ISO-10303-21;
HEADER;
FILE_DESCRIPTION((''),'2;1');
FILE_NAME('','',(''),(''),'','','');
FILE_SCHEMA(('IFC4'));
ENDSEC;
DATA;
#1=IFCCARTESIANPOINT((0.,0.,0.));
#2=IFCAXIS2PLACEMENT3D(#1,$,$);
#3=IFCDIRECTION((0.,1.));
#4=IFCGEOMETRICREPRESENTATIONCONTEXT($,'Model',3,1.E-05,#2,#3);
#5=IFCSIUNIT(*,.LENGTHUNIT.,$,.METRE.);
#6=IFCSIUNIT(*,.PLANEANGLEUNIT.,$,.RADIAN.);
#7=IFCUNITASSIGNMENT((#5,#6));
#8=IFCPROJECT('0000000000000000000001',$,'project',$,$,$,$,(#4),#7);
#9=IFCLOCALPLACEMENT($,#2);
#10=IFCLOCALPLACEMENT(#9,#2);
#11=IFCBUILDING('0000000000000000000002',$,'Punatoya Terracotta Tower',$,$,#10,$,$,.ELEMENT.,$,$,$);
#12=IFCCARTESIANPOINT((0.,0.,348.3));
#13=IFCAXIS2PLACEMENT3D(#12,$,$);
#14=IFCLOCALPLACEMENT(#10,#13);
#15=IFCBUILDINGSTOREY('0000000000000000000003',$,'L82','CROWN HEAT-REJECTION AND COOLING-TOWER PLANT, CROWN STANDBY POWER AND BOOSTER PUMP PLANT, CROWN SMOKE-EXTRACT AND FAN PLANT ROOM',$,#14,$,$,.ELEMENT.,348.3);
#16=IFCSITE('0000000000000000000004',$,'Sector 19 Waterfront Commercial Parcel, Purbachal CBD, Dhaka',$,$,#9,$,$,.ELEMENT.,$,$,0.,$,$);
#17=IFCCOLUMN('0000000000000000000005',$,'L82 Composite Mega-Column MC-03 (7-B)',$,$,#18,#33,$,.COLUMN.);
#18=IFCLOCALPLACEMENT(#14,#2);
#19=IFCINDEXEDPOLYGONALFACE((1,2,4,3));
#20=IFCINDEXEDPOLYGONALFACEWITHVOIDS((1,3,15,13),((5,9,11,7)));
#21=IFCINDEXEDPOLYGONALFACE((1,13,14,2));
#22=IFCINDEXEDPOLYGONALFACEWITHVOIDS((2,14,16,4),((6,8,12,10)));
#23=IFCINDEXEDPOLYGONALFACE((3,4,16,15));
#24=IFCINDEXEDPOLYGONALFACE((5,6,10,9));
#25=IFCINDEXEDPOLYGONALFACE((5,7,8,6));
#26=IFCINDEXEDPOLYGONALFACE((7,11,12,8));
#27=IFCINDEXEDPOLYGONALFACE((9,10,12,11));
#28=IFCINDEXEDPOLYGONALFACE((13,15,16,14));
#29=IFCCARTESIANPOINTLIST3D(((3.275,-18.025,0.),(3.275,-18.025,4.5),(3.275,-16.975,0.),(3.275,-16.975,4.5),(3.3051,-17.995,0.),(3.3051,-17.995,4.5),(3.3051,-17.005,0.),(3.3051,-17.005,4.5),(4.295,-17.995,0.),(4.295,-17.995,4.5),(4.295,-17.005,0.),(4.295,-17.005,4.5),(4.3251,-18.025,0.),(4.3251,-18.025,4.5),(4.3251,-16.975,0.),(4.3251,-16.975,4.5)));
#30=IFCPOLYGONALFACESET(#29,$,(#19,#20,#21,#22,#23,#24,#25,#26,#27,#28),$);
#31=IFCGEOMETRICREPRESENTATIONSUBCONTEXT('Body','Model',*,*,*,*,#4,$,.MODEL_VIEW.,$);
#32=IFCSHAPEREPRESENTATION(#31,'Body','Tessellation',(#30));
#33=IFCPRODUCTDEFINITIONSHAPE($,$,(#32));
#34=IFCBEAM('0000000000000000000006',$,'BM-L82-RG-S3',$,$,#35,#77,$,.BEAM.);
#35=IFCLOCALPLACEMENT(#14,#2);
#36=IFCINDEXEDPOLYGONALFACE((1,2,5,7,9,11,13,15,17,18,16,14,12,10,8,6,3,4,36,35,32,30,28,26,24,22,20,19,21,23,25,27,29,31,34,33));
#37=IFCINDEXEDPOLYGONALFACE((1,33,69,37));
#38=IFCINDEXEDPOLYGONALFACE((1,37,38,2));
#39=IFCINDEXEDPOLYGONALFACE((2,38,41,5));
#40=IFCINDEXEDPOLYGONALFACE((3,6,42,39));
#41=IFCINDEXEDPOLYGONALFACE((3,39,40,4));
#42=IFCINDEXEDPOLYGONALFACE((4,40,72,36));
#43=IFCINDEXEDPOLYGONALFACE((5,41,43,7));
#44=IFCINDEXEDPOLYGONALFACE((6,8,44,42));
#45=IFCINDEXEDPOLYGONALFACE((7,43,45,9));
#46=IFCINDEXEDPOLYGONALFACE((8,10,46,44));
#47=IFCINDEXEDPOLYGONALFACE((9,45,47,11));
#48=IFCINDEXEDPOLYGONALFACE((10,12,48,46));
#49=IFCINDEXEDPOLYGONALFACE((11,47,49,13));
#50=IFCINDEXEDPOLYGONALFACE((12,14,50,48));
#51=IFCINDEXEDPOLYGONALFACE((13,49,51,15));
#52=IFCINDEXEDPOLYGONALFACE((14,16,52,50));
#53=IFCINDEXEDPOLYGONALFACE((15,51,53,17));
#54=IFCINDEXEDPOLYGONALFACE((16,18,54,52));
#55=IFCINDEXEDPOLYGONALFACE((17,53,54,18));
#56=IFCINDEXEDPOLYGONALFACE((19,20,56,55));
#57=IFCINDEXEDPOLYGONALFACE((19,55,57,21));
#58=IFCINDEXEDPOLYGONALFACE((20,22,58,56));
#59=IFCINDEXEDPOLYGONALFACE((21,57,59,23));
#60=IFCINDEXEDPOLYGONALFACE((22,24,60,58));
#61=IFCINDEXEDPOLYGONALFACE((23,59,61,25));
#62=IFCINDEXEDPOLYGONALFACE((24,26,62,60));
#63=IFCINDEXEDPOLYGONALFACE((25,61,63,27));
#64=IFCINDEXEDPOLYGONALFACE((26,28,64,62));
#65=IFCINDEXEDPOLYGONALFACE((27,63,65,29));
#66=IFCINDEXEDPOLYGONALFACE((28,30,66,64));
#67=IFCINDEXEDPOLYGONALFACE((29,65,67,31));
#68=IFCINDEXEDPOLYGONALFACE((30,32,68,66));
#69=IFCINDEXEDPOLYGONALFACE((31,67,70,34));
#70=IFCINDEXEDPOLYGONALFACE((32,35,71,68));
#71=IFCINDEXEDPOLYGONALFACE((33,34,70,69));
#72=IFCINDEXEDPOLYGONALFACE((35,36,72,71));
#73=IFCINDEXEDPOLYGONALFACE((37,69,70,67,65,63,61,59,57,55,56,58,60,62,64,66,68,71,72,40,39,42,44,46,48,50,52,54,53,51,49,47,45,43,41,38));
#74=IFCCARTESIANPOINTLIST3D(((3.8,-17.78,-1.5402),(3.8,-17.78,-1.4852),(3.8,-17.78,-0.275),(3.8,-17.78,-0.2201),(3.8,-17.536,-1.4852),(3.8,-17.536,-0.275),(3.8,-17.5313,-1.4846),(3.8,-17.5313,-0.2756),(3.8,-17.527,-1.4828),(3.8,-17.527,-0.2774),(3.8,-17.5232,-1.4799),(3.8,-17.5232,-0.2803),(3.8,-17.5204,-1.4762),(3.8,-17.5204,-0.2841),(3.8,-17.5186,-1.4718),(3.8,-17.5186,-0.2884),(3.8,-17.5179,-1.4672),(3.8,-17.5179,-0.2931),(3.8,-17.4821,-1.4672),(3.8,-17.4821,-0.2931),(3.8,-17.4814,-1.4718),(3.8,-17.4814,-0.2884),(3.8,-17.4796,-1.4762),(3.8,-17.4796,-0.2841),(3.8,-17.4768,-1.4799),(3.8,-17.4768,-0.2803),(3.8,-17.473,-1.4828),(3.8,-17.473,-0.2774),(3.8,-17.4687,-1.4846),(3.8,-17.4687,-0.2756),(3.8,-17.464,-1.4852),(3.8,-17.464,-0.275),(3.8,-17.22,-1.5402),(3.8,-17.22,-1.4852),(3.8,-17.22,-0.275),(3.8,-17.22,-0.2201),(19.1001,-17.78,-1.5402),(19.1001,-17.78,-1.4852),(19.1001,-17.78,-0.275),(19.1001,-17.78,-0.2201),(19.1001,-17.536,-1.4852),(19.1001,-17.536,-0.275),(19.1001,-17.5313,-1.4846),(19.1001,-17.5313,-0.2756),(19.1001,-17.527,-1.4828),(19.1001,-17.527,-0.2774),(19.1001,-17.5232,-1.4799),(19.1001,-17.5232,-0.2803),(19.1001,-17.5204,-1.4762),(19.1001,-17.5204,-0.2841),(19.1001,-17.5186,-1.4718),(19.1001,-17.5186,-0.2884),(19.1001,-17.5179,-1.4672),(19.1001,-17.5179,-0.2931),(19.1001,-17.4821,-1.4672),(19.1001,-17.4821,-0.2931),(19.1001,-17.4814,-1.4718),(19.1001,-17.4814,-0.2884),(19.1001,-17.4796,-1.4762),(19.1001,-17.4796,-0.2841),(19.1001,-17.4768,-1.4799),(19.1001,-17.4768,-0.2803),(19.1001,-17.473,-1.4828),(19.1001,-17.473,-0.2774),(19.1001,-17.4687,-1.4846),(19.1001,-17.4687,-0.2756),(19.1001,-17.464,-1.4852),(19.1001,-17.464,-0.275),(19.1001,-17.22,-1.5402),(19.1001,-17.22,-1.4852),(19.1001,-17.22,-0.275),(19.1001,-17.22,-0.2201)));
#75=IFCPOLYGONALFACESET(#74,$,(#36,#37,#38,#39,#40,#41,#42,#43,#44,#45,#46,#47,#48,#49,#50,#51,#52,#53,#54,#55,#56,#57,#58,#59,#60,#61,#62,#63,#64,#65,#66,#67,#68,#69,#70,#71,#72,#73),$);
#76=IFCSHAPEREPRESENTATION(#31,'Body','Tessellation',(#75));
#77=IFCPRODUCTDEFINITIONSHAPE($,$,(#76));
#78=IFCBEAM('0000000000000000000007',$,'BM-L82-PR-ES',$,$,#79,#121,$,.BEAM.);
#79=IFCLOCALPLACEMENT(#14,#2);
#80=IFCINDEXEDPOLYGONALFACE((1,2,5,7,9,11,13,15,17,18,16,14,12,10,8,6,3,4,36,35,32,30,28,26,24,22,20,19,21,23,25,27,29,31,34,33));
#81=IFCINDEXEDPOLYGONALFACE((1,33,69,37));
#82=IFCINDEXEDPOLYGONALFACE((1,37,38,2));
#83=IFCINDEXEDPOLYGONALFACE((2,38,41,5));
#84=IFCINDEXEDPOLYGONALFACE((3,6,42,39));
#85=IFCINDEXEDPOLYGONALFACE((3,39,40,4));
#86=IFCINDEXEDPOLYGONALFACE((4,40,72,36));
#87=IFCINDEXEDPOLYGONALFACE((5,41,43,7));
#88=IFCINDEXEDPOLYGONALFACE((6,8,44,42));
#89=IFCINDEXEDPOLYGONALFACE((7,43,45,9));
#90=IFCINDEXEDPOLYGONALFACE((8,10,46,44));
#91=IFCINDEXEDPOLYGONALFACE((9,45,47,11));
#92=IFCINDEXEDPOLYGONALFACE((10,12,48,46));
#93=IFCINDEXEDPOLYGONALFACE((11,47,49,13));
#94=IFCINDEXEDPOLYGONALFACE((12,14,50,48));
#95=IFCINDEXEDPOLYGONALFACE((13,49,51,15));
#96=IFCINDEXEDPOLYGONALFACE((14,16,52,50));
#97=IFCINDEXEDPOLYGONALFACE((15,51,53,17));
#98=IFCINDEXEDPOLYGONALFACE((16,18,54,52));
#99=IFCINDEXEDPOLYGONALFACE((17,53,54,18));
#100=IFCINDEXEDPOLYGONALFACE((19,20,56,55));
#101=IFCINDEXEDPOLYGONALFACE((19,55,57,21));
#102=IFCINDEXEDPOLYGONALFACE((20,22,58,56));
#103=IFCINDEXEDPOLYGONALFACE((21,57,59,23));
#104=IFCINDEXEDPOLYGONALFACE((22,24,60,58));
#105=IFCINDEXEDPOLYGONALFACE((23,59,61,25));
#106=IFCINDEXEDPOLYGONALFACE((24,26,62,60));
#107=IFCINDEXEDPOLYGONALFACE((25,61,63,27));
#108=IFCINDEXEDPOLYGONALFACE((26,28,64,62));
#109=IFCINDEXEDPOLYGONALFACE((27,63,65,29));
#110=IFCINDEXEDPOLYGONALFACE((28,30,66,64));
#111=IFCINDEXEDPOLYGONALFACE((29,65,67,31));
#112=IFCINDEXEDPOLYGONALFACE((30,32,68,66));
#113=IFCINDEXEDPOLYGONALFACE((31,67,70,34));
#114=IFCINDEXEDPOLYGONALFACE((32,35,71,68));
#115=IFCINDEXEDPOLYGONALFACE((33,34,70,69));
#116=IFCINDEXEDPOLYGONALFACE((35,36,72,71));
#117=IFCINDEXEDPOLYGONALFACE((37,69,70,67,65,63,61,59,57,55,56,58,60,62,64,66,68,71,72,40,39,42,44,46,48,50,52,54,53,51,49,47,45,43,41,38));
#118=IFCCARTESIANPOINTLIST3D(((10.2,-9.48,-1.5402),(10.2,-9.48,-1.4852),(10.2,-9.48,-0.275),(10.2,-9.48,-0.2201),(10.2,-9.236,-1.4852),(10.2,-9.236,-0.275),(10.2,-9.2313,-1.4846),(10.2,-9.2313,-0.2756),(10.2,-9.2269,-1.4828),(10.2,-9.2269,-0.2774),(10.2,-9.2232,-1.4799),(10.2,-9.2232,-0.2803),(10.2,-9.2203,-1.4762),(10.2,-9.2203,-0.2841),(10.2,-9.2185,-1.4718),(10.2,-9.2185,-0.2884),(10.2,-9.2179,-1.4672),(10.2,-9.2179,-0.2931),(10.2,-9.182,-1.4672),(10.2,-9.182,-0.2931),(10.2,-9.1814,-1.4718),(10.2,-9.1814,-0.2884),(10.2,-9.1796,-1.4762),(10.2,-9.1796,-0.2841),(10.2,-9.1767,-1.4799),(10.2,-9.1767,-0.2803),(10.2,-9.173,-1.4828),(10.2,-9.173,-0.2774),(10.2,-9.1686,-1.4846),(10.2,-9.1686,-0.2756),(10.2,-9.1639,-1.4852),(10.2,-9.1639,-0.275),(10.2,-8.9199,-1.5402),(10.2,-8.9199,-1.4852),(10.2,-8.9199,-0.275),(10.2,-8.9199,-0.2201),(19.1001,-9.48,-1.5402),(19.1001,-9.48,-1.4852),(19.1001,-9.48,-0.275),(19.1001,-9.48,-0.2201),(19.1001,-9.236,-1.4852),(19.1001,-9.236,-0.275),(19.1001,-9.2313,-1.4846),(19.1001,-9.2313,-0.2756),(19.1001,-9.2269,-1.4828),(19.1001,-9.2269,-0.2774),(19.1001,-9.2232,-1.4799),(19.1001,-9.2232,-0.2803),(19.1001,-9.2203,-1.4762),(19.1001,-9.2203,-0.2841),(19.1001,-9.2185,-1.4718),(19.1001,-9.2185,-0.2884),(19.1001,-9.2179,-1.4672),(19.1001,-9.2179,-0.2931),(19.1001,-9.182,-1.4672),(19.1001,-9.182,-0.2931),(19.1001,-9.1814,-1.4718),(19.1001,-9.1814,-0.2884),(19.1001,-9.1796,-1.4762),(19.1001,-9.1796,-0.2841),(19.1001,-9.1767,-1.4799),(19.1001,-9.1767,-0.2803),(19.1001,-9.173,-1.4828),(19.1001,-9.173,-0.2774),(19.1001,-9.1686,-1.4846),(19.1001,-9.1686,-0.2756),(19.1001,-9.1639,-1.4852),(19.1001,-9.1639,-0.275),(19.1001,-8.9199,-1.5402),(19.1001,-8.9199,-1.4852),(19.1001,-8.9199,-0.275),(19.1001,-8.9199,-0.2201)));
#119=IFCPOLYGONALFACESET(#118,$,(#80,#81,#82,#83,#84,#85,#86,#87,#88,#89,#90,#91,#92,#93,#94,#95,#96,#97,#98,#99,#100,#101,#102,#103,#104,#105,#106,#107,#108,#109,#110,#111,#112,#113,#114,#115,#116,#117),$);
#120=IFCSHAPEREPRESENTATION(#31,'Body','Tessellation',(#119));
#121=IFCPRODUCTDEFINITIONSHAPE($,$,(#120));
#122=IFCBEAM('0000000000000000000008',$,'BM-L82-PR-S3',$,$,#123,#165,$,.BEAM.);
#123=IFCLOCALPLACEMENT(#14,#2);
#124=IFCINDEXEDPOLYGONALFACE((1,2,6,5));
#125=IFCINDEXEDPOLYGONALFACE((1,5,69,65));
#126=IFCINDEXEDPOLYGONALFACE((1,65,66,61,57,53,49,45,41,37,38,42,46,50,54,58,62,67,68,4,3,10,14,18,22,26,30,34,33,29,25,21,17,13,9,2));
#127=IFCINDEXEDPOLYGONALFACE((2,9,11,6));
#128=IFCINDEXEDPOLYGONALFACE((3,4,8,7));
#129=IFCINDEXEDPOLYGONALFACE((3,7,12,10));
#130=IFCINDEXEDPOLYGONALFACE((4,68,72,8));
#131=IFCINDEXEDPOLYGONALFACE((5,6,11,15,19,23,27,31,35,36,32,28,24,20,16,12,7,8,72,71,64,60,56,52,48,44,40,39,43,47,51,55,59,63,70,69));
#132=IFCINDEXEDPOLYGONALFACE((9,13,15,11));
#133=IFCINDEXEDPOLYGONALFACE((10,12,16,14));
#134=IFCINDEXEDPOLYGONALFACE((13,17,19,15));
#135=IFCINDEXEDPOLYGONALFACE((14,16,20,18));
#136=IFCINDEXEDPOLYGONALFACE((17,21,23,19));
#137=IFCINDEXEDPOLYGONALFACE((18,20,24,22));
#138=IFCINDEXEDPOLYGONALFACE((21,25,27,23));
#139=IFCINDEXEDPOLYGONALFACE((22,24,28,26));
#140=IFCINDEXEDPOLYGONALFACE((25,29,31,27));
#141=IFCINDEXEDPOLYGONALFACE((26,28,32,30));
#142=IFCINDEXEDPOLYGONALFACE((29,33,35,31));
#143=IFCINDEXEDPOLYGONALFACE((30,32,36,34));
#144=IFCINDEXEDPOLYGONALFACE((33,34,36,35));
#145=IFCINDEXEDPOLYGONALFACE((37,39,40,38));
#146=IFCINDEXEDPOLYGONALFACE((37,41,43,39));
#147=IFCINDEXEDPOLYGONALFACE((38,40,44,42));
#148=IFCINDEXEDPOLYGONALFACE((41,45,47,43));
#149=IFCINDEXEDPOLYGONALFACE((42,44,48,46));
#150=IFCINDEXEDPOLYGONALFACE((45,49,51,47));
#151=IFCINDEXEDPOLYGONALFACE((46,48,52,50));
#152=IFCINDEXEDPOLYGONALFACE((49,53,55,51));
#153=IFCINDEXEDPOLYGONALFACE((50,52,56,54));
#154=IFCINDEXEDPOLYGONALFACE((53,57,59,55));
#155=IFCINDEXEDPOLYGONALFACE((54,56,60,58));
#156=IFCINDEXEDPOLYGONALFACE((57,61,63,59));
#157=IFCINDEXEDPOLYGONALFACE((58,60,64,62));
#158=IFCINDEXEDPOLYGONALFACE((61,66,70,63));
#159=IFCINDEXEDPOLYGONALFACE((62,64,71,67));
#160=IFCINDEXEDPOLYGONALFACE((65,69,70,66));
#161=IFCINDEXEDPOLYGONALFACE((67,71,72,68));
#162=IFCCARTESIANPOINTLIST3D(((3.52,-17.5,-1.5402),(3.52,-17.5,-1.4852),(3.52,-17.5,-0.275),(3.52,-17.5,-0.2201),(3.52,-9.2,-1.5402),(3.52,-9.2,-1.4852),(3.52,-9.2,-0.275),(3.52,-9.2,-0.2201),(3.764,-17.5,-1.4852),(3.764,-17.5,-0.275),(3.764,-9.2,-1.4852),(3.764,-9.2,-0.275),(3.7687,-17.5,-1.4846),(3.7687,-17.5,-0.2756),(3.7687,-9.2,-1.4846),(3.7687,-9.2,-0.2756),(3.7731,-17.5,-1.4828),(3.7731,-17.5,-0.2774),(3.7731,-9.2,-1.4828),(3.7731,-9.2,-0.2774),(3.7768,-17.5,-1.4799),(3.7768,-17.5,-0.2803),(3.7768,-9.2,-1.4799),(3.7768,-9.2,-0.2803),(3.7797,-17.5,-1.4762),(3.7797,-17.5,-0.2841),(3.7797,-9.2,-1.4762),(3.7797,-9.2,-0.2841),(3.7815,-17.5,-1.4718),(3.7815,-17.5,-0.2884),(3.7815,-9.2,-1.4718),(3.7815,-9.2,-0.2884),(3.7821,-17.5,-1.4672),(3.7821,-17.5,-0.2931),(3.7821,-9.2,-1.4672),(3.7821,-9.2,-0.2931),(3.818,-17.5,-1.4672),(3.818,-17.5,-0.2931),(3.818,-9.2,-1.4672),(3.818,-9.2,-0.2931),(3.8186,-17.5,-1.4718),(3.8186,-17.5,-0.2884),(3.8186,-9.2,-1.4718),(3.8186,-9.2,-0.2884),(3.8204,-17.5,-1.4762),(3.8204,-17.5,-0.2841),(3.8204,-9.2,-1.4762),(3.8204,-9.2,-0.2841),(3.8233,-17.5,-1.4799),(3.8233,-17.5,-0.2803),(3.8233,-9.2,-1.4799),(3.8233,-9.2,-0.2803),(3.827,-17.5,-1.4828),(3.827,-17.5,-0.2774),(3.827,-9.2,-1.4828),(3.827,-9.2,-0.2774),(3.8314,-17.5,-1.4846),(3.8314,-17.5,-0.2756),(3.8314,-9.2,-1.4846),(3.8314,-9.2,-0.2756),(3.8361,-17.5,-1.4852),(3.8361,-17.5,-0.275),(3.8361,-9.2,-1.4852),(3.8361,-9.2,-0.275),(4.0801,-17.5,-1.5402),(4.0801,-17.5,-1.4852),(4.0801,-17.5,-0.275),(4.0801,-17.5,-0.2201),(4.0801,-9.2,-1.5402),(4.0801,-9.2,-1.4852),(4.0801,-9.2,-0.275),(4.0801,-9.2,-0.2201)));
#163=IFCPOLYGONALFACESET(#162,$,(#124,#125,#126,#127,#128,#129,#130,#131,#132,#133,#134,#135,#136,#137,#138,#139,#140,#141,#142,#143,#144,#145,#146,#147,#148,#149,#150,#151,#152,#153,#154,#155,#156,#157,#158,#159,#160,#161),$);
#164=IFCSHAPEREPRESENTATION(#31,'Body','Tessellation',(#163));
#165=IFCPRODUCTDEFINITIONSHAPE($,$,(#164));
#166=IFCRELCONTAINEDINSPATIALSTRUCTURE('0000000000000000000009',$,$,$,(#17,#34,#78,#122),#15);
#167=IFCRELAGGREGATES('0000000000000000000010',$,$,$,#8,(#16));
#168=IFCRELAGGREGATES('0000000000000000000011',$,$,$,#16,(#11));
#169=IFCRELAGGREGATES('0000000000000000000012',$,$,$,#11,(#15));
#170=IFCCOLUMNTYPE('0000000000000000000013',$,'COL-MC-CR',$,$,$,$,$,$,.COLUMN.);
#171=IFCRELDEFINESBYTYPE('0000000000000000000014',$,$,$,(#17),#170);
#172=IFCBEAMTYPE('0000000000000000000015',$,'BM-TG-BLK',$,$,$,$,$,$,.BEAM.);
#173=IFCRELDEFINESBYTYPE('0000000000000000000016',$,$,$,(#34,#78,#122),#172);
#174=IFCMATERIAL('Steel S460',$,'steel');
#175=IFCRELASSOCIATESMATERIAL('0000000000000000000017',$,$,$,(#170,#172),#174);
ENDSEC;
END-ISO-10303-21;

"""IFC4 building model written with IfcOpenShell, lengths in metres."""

from ifc_helpers import new_model, si_unit, direction, frame, origin, origin_2d, place, context, subcontext, project, spatial, hollow_rectangle, i_section, extrude, material, material_profile, profile_set, type_object, element, save


model = new_model("IFC4")

# Units and contexts
model_context = context("Model", 3, precision=1e-05, world=origin(), true_north=direction((0.0, 1.0)))
body_context = subcontext(model_context, "Body", "Model", "MODEL_VIEW")
ifc_project = project(units=[si_unit("LENGTHUNIT", "METRE"), si_unit("PLANEANGLEUNIT", "RADIAN")], contexts=[model_context])

# Site, building, storey
site_placement = place(None, origin())
site = spatial("IfcSite", under=ifc_project, at=site_placement, Name="Sector 19 Waterfront Commercial Parcel, Purbachal CBD, Dhaka", CompositionType="ELEMENT", RefElevation=0.0)
building_placement = place(site_placement, origin())
building = spatial("IfcBuilding", under=site, at=building_placement, Name="Punatoya Terracotta Tower", CompositionType="ELEMENT")
storey_placement = place(building_placement, frame((0.0, 0.0, 348.3)))
storey = spatial("IfcBuildingStorey", under=building, at=storey_placement, Name="L82", Description="CROWN HEAT-REJECTION AND COOLING-TOWER PLANT, CROWN STANDBY POWER AND BOOSTER PUMP PLANT, CROWN SMOKE-EXTRACT AND FAN PLANT ROOM", CompositionType="ELEMENT", Elevation=348.3)

# Column
ifc_material_1 = material(Name="Steel S460", Category="steel")
ifc_material_profile_1 = material_profile(ifc_material_1, hollow_rectangle(XDim=1.05, YDim=1.05, WallThickness=0.03, at=origin_2d()))
ifc_profile_set_1 = profile_set([ifc_material_profile_1], Name="Steel S460")
column_type = type_object("IfcColumnType", Name="COL-MC-CR", PredefinedType="COLUMN", material=ifc_profile_set_1)
column_placement = place(storey_placement, frame((3.8, -17.5, 0.0), z_axis=(0.0, 0.0, 1.0), x_axis=(1.0, 0.0, 0.0)))
element("IfcColumn", 1, at=column_placement, inside=storey, type_object=column_type, Name="L82 Composite Mega-Column MC-03 (7-B)", PredefinedType="COLUMN", context=body_context, shape_type="SweptSolid", body=[
    extrude(hollow_rectangle(XDim=1.05, YDim=1.05, WallThickness=0.03, at=origin_2d()), origin(), (0.0, 0.0, 1.0), 4.5),
])

# Beams
ifc_material_profile_2 = material_profile(ifc_material_1, i_section(OverallWidth=0.5601, OverallDepth=1.3201, WebThickness=0.0359, FlangeThickness=0.0549, FilletRadius=0.0181, at=origin_2d()))
ifc_profile_set_2 = profile_set([ifc_material_profile_2], Name="Steel S460")
beam_type = type_object("IfcBeamType", Name="BM-TG-BLK", PredefinedType="BEAM", material=ifc_profile_set_2)
beam_1_placement = place(storey_placement, frame((3.8, -17.5, -0.8801), z_axis=(1.0, 0.0, 0.0), x_axis=(0.0, 1.0, 0.0)))
element("IfcBeam", 2, at=beam_1_placement, inside=storey, type_object=beam_type, Name="BM-L82-RG-S3", PredefinedType="BEAM", context=body_context, shape_type="SweptSolid", body=[
    extrude(i_section(OverallWidth=0.5601, OverallDepth=1.3201, WebThickness=0.0359, FlangeThickness=0.0549, FilletRadius=0.0181, at=origin_2d()), origin(), (0.0, 0.0, 1.0), 15.3),
])
beam_2_placement = place(storey_placement, frame((10.2, -9.2, -0.8801), z_axis=(1.0, 0.0, 0.0), x_axis=(0.0, 1.0, 0.0)))
element("IfcBeam", 3, at=beam_2_placement, inside=storey, type_object=beam_type, Name="BM-L82-PR-ES", PredefinedType="BEAM", context=body_context, shape_type="SweptSolid", body=[
    extrude(i_section(OverallWidth=0.5601, OverallDepth=1.3201, WebThickness=0.0359, FlangeThickness=0.0549, FilletRadius=0.0181, at=origin_2d()), origin(), (0.0, 0.0, 1.0), 8.9001),
])
for number, where, z_axis, x_axis, name in (
    (4, (3.8, -17.5, -0.8801), (0.0, 1.0, 0.0), (-1.0, 0.0, 0.0), "BM-L82-PR-S3"),
):
    element("IfcBeam", number, at=place(storey_placement, frame(where, z_axis=z_axis, x_axis=x_axis)), inside=storey, type_object=beam_type, Name=name, PredefinedType="BEAM", context=body_context, shape_type="SweptSolid", body=[
        extrude(i_section(OverallWidth=0.5601, OverallDepth=1.3201, WebThickness=0.0359, FlangeThickness=0.0549, FilletRadius=0.0181, at=origin_2d()), origin(), (0.0, 0.0, 1.0), 8.3),
    ])

save(model, "model.ifc")
